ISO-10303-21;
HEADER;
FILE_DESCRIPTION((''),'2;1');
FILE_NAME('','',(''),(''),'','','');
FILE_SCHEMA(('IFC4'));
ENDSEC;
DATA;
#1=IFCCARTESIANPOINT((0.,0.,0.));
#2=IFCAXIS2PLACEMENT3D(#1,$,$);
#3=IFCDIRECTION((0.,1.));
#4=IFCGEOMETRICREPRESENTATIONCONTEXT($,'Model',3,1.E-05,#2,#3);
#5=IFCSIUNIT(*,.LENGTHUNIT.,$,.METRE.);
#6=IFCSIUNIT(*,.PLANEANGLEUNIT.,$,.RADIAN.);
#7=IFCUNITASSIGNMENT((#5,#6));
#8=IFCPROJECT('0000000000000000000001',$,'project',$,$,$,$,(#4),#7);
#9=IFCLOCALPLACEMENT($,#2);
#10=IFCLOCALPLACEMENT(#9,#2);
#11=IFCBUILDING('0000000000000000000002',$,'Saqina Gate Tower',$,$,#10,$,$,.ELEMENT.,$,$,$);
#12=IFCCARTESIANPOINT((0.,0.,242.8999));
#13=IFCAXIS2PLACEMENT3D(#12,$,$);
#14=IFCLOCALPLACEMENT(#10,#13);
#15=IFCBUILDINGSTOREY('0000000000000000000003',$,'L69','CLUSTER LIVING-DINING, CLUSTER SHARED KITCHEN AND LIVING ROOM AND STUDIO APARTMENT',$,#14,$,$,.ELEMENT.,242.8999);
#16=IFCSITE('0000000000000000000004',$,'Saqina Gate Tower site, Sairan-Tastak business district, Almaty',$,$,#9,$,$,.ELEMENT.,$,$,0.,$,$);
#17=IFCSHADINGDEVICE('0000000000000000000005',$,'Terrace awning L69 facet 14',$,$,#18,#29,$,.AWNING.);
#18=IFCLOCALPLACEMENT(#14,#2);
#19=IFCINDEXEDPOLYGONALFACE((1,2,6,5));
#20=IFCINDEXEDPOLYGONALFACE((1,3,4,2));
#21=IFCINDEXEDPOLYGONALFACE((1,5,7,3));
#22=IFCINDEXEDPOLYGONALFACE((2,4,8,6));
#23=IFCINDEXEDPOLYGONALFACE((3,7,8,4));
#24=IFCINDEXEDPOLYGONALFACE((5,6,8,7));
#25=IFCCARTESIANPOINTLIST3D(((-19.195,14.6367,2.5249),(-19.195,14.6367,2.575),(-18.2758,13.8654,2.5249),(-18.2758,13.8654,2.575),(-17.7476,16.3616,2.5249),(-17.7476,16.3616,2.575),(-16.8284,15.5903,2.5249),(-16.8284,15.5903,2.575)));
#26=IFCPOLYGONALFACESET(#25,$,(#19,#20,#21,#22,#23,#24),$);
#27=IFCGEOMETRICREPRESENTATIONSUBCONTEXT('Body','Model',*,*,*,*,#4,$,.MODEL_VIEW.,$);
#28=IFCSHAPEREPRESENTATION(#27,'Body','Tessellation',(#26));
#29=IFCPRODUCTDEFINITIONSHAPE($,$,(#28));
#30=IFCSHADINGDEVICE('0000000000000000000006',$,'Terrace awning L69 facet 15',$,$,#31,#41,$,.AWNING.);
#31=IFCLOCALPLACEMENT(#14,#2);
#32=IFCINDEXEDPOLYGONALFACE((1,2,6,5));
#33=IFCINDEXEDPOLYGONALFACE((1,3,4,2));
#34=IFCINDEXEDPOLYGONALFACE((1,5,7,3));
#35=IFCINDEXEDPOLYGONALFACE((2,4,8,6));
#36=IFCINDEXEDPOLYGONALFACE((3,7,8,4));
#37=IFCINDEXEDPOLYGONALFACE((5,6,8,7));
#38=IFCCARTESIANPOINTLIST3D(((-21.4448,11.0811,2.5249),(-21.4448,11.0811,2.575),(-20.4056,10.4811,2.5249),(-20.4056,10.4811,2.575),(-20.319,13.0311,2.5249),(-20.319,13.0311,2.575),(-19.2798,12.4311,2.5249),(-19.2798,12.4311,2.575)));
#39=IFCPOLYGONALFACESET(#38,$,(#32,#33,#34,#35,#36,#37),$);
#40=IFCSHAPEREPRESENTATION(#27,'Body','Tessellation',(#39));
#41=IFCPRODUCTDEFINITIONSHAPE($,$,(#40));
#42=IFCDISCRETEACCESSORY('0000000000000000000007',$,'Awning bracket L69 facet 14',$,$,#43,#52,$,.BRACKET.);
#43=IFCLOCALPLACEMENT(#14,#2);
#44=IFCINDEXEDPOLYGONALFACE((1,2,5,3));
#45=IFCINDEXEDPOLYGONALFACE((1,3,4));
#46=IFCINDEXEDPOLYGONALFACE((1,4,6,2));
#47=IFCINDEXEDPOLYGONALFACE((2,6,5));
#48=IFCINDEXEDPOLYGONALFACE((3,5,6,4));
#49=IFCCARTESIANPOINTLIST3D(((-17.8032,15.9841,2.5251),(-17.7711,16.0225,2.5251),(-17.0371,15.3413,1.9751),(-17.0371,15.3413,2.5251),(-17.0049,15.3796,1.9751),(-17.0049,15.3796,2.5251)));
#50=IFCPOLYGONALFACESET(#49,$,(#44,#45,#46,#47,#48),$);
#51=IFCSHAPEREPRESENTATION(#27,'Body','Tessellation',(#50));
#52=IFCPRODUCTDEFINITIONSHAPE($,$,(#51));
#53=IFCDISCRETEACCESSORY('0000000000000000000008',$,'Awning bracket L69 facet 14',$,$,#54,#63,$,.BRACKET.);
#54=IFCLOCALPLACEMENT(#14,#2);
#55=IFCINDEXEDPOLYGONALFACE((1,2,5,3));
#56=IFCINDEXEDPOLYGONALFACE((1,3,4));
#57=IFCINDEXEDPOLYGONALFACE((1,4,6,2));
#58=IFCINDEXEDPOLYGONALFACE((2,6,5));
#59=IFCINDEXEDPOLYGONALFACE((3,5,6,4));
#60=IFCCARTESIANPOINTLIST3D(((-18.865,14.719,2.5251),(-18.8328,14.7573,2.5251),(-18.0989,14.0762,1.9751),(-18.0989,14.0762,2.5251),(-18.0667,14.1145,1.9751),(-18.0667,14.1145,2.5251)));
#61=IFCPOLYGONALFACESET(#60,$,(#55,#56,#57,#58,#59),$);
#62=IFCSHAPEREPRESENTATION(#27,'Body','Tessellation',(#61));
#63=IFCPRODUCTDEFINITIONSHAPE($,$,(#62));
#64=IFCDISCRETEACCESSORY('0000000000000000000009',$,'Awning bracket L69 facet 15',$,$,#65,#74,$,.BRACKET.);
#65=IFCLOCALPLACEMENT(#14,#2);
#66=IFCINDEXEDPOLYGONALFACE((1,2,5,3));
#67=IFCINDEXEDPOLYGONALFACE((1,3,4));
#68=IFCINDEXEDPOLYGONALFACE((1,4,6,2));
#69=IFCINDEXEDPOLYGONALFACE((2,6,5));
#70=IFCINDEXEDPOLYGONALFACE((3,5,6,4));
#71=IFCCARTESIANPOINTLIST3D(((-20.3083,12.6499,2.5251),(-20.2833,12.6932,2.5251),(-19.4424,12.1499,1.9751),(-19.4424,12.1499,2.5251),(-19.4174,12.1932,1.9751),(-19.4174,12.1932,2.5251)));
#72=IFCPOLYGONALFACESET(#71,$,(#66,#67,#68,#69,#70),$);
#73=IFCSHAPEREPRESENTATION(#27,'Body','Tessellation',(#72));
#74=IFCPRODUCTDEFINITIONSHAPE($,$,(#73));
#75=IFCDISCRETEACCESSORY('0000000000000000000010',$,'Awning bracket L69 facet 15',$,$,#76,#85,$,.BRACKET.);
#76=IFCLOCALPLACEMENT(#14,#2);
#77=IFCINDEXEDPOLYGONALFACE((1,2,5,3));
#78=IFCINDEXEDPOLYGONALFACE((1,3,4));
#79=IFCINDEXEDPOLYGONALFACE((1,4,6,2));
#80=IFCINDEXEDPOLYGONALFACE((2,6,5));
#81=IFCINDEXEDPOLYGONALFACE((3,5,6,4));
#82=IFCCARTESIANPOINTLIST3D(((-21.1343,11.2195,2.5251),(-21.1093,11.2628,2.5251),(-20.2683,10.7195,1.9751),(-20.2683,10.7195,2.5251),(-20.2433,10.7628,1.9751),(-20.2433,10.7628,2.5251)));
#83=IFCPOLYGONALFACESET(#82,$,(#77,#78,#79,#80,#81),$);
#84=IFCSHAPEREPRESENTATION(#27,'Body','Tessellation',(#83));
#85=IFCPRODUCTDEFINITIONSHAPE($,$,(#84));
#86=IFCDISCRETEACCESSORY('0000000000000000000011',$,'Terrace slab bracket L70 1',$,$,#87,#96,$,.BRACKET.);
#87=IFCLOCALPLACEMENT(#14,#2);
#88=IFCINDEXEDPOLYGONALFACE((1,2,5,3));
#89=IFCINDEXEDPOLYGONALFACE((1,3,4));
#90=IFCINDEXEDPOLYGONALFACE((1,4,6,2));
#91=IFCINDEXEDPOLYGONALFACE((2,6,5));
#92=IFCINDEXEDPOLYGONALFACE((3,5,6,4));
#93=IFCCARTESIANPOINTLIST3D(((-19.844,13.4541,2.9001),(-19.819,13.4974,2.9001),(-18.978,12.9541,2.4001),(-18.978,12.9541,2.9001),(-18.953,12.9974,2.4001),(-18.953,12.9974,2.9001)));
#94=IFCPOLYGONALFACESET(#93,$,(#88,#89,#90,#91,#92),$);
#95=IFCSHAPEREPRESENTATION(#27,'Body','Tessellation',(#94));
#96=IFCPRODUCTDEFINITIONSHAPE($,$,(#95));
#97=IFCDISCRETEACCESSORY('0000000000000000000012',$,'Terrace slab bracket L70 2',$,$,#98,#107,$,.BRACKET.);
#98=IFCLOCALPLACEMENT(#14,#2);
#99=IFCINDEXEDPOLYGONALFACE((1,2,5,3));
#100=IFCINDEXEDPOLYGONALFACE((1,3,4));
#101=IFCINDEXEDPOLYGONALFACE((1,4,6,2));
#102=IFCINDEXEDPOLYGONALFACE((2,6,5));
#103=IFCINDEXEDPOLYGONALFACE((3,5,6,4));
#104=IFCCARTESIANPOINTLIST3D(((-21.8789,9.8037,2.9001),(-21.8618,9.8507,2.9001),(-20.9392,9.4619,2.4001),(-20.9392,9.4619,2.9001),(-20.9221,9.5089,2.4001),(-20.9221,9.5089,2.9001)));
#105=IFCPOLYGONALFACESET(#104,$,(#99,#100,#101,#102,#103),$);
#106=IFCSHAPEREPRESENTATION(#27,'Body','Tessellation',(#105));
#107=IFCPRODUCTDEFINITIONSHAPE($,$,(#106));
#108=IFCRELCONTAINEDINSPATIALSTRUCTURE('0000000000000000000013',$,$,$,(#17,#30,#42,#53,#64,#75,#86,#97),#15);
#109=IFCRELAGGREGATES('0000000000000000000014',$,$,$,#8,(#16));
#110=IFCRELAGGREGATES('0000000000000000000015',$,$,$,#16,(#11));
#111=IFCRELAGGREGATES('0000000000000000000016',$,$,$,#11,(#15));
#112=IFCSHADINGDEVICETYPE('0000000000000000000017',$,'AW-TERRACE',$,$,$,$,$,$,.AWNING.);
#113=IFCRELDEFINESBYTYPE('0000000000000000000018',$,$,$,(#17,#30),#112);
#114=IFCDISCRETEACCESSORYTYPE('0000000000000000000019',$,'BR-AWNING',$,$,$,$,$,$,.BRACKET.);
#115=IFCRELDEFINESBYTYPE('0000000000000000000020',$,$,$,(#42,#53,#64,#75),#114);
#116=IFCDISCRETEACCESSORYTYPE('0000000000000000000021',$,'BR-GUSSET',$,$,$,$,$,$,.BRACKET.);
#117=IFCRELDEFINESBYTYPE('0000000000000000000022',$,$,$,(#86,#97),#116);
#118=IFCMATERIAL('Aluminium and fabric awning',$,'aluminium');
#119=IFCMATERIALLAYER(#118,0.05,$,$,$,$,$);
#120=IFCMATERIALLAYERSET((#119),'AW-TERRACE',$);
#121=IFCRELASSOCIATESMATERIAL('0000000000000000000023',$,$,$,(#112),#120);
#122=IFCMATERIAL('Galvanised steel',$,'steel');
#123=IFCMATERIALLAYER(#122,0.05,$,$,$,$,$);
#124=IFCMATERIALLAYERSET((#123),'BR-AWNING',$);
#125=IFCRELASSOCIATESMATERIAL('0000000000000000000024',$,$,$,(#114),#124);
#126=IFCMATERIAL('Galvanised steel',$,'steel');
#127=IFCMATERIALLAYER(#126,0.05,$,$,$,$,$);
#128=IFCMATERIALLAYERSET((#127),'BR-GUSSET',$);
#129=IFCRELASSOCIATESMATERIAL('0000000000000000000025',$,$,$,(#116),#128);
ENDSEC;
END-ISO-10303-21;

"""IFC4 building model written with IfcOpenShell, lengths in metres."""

from ifc_helpers import new_model, si_unit, direction, frame, origin, origin_2d, place, context, subcontext, project, spatial, polyline, rectangle, outline, extrude, material, layer, layer_set, type_object, element, save


model = new_model("IFC4")

# Units and contexts
model_context = context("Model", 3, precision=1e-05, world=origin(), true_north=direction((0.0, 1.0)))
body_context = subcontext(model_context, "Body", "Model", "MODEL_VIEW")
ifc_project = project(units=[si_unit("LENGTHUNIT", "METRE"), si_unit("PLANEANGLEUNIT", "RADIAN")], contexts=[model_context])

# Site, building, storey
site_placement = place(None, origin())
site = spatial("IfcSite", under=ifc_project, at=site_placement, Name="Saqina Gate Tower site, Sairan-Tastak business district, Almaty", CompositionType="ELEMENT", RefElevation=0.0)
building_placement = place(site_placement, origin())
building = spatial("IfcBuilding", under=site, at=building_placement, Name="Saqina Gate Tower", CompositionType="ELEMENT")
storey_placement = place(building_placement, frame((0.0, 0.0, 242.8999)))
storey = spatial("IfcBuildingStorey", under=building, at=storey_placement, Name="L69", Description="CLUSTER LIVING-DINING, CLUSTER SHARED KITCHEN AND LIVING ROOM AND STUDIO APARTMENT", CompositionType="ELEMENT", Elevation=242.8999)

# Shading devices
ifc_material_1 = material(Name="Aluminium and fabric awning", Category="aluminium")
ifc_layer_1 = layer(ifc_material_1, 0.05)
ifc_layer_set_1 = layer_set([ifc_layer_1], Name="AW-TERRACE")
shading_device_type = type_object("IfcShadingDeviceType", Name="AW-TERRACE", PredefinedType="AWNING", material=ifc_layer_set_1)
for number, where, z_axis, x_axis, name in (
    (1, (-18.0117, 15.1135, 2.5249), (0.0, 0.0, 1.0), (-0.642788, -0.766044, 0.0), "Terrace awning L69 facet 14"),
    (2, (-20.3623, 11.7561, 2.5249), (0.0, 0.0, 1.0), (-0.5, -0.866025, 0.0), "Terrace awning L69 facet 15"),
):
    element("IfcShadingDevice", number, at=place(storey_placement, frame(where, z_axis=z_axis, x_axis=x_axis)), inside=storey, type_object=shading_device_type, Name=name, PredefinedType="AWNING", context=body_context, shape_type="SweptSolid", body=[
        extrude(rectangle(XDim=2.2517, YDim=1.2, at=origin_2d()), origin(), (0.0, 0.0, 1.0), 0.05),
    ])

# Discrete accessories
ifc_material_2 = material(Name="Galvanised steel", Category="steel")
ifc_layer_2 = layer(ifc_material_2, 0.05)
ifc_layer_set_2 = layer_set([ifc_layer_2], Name="BR-AWNING")
discrete_accessory_type_1 = type_object("IfcDiscreteAccessoryType", Name="BR-AWNING", PredefinedType="BRACKET", material=ifc_layer_set_2)
for number, where, z_axis, x_axis, name in (
    (3, (-17.0371, 15.3413, 1.9751), (-0.642774, -0.766056, 0.0), (0.0, 0.0, 1.0), "Awning bracket L69 facet 14"),
    (4, (-18.0989, 14.0762, 1.9751), (-0.642774, -0.766056, 0.0), (0.0, 0.0, 1.0), "Awning bracket L69 facet 14"),
):
    element("IfcDiscreteAccessory", number, at=place(storey_placement, frame(where, z_axis=z_axis, x_axis=x_axis)), inside=storey, type_object=discrete_accessory_type_1, Name=name, PredefinedType="BRACKET", context=body_context, shape_type="SweptSolid", body=[
        extrude(outline(polyline([(0.0, 0.0), (0.55, 0.0), (0.55, 1.0001), (0.0, 0.0)])), origin(), (0.0, 0.0, -1.0), 0.05),
    ])
for number, where, z_axis, x_axis, name in (
    (5, (-19.4424, 12.1499, 1.9751), (-0.500025, -0.866011, 0.0), (0.0, 0.0, 1.0), "Awning bracket L69 facet 15"),
    (6, (-20.2683, 10.7195, 1.9751), (-0.500025, -0.866011, 0.0), (0.0, 0.0, 1.0), "Awning bracket L69 facet 15"),
):
    element("IfcDiscreteAccessory", number, at=place(storey_placement, frame(where, z_axis=z_axis, x_axis=x_axis)), inside=storey, type_object=discrete_accessory_type_1, Name=name, PredefinedType="BRACKET", context=body_context, shape_type="SweptSolid", body=[
        extrude(outline(polyline([(0.0, 0.0), (0.55, 0.0), (0.55, 0.9999), (0.0, 0.0)])), origin(), (0.0, 0.0, -1.0), 0.05),
    ])
ifc_material_3 = material(Name="Galvanised steel", Category="steel")
ifc_layer_3 = layer(ifc_material_3, 0.05)
ifc_layer_set_3 = layer_set([ifc_layer_3], Name="BR-GUSSET")
discrete_accessory_type_2 = type_object("IfcDiscreteAccessoryType", Name="BR-GUSSET", PredefinedType="BRACKET", material=ifc_layer_set_3)
discrete_accessory_1_placement = place(storey_placement, frame((-18.978, 12.9541, 2.4001), z_axis=(-0.500025, -0.866011, 0.0), x_axis=(0.0, 0.0, 1.0)))
element("IfcDiscreteAccessory", 7, at=discrete_accessory_1_placement, inside=storey, type_object=discrete_accessory_type_2, Name="Terrace slab bracket L70 1", PredefinedType="BRACKET", context=body_context, shape_type="SweptSolid", body=[
    extrude(outline(polyline([(0.0, 0.0), (0.5, 0.0), (0.5, 0.9999), (0.0, 0.0)])), origin(), (0.0, 0.0, -1.0), 0.05),
])
discrete_accessory_2_placement = place(storey_placement, frame((-20.9392, 9.4619, 2.4001), z_axis=(-0.341821, -0.939765, 0.0), x_axis=(0.0, 0.0, 1.0)))
element("IfcDiscreteAccessory", 8, at=discrete_accessory_2_placement, inside=storey, type_object=discrete_accessory_type_2, Name="Terrace slab bracket L70 2", PredefinedType="BRACKET", context=body_context, shape_type="SweptSolid", body=[
    extrude(outline(polyline([(0.0, 0.0), (0.5, 0.0), (0.5, 0.9999), (0.0, 0.0)])), origin(), (0.0, 0.0, -1.0), 0.05),
])

save(model, "model.ifc")
